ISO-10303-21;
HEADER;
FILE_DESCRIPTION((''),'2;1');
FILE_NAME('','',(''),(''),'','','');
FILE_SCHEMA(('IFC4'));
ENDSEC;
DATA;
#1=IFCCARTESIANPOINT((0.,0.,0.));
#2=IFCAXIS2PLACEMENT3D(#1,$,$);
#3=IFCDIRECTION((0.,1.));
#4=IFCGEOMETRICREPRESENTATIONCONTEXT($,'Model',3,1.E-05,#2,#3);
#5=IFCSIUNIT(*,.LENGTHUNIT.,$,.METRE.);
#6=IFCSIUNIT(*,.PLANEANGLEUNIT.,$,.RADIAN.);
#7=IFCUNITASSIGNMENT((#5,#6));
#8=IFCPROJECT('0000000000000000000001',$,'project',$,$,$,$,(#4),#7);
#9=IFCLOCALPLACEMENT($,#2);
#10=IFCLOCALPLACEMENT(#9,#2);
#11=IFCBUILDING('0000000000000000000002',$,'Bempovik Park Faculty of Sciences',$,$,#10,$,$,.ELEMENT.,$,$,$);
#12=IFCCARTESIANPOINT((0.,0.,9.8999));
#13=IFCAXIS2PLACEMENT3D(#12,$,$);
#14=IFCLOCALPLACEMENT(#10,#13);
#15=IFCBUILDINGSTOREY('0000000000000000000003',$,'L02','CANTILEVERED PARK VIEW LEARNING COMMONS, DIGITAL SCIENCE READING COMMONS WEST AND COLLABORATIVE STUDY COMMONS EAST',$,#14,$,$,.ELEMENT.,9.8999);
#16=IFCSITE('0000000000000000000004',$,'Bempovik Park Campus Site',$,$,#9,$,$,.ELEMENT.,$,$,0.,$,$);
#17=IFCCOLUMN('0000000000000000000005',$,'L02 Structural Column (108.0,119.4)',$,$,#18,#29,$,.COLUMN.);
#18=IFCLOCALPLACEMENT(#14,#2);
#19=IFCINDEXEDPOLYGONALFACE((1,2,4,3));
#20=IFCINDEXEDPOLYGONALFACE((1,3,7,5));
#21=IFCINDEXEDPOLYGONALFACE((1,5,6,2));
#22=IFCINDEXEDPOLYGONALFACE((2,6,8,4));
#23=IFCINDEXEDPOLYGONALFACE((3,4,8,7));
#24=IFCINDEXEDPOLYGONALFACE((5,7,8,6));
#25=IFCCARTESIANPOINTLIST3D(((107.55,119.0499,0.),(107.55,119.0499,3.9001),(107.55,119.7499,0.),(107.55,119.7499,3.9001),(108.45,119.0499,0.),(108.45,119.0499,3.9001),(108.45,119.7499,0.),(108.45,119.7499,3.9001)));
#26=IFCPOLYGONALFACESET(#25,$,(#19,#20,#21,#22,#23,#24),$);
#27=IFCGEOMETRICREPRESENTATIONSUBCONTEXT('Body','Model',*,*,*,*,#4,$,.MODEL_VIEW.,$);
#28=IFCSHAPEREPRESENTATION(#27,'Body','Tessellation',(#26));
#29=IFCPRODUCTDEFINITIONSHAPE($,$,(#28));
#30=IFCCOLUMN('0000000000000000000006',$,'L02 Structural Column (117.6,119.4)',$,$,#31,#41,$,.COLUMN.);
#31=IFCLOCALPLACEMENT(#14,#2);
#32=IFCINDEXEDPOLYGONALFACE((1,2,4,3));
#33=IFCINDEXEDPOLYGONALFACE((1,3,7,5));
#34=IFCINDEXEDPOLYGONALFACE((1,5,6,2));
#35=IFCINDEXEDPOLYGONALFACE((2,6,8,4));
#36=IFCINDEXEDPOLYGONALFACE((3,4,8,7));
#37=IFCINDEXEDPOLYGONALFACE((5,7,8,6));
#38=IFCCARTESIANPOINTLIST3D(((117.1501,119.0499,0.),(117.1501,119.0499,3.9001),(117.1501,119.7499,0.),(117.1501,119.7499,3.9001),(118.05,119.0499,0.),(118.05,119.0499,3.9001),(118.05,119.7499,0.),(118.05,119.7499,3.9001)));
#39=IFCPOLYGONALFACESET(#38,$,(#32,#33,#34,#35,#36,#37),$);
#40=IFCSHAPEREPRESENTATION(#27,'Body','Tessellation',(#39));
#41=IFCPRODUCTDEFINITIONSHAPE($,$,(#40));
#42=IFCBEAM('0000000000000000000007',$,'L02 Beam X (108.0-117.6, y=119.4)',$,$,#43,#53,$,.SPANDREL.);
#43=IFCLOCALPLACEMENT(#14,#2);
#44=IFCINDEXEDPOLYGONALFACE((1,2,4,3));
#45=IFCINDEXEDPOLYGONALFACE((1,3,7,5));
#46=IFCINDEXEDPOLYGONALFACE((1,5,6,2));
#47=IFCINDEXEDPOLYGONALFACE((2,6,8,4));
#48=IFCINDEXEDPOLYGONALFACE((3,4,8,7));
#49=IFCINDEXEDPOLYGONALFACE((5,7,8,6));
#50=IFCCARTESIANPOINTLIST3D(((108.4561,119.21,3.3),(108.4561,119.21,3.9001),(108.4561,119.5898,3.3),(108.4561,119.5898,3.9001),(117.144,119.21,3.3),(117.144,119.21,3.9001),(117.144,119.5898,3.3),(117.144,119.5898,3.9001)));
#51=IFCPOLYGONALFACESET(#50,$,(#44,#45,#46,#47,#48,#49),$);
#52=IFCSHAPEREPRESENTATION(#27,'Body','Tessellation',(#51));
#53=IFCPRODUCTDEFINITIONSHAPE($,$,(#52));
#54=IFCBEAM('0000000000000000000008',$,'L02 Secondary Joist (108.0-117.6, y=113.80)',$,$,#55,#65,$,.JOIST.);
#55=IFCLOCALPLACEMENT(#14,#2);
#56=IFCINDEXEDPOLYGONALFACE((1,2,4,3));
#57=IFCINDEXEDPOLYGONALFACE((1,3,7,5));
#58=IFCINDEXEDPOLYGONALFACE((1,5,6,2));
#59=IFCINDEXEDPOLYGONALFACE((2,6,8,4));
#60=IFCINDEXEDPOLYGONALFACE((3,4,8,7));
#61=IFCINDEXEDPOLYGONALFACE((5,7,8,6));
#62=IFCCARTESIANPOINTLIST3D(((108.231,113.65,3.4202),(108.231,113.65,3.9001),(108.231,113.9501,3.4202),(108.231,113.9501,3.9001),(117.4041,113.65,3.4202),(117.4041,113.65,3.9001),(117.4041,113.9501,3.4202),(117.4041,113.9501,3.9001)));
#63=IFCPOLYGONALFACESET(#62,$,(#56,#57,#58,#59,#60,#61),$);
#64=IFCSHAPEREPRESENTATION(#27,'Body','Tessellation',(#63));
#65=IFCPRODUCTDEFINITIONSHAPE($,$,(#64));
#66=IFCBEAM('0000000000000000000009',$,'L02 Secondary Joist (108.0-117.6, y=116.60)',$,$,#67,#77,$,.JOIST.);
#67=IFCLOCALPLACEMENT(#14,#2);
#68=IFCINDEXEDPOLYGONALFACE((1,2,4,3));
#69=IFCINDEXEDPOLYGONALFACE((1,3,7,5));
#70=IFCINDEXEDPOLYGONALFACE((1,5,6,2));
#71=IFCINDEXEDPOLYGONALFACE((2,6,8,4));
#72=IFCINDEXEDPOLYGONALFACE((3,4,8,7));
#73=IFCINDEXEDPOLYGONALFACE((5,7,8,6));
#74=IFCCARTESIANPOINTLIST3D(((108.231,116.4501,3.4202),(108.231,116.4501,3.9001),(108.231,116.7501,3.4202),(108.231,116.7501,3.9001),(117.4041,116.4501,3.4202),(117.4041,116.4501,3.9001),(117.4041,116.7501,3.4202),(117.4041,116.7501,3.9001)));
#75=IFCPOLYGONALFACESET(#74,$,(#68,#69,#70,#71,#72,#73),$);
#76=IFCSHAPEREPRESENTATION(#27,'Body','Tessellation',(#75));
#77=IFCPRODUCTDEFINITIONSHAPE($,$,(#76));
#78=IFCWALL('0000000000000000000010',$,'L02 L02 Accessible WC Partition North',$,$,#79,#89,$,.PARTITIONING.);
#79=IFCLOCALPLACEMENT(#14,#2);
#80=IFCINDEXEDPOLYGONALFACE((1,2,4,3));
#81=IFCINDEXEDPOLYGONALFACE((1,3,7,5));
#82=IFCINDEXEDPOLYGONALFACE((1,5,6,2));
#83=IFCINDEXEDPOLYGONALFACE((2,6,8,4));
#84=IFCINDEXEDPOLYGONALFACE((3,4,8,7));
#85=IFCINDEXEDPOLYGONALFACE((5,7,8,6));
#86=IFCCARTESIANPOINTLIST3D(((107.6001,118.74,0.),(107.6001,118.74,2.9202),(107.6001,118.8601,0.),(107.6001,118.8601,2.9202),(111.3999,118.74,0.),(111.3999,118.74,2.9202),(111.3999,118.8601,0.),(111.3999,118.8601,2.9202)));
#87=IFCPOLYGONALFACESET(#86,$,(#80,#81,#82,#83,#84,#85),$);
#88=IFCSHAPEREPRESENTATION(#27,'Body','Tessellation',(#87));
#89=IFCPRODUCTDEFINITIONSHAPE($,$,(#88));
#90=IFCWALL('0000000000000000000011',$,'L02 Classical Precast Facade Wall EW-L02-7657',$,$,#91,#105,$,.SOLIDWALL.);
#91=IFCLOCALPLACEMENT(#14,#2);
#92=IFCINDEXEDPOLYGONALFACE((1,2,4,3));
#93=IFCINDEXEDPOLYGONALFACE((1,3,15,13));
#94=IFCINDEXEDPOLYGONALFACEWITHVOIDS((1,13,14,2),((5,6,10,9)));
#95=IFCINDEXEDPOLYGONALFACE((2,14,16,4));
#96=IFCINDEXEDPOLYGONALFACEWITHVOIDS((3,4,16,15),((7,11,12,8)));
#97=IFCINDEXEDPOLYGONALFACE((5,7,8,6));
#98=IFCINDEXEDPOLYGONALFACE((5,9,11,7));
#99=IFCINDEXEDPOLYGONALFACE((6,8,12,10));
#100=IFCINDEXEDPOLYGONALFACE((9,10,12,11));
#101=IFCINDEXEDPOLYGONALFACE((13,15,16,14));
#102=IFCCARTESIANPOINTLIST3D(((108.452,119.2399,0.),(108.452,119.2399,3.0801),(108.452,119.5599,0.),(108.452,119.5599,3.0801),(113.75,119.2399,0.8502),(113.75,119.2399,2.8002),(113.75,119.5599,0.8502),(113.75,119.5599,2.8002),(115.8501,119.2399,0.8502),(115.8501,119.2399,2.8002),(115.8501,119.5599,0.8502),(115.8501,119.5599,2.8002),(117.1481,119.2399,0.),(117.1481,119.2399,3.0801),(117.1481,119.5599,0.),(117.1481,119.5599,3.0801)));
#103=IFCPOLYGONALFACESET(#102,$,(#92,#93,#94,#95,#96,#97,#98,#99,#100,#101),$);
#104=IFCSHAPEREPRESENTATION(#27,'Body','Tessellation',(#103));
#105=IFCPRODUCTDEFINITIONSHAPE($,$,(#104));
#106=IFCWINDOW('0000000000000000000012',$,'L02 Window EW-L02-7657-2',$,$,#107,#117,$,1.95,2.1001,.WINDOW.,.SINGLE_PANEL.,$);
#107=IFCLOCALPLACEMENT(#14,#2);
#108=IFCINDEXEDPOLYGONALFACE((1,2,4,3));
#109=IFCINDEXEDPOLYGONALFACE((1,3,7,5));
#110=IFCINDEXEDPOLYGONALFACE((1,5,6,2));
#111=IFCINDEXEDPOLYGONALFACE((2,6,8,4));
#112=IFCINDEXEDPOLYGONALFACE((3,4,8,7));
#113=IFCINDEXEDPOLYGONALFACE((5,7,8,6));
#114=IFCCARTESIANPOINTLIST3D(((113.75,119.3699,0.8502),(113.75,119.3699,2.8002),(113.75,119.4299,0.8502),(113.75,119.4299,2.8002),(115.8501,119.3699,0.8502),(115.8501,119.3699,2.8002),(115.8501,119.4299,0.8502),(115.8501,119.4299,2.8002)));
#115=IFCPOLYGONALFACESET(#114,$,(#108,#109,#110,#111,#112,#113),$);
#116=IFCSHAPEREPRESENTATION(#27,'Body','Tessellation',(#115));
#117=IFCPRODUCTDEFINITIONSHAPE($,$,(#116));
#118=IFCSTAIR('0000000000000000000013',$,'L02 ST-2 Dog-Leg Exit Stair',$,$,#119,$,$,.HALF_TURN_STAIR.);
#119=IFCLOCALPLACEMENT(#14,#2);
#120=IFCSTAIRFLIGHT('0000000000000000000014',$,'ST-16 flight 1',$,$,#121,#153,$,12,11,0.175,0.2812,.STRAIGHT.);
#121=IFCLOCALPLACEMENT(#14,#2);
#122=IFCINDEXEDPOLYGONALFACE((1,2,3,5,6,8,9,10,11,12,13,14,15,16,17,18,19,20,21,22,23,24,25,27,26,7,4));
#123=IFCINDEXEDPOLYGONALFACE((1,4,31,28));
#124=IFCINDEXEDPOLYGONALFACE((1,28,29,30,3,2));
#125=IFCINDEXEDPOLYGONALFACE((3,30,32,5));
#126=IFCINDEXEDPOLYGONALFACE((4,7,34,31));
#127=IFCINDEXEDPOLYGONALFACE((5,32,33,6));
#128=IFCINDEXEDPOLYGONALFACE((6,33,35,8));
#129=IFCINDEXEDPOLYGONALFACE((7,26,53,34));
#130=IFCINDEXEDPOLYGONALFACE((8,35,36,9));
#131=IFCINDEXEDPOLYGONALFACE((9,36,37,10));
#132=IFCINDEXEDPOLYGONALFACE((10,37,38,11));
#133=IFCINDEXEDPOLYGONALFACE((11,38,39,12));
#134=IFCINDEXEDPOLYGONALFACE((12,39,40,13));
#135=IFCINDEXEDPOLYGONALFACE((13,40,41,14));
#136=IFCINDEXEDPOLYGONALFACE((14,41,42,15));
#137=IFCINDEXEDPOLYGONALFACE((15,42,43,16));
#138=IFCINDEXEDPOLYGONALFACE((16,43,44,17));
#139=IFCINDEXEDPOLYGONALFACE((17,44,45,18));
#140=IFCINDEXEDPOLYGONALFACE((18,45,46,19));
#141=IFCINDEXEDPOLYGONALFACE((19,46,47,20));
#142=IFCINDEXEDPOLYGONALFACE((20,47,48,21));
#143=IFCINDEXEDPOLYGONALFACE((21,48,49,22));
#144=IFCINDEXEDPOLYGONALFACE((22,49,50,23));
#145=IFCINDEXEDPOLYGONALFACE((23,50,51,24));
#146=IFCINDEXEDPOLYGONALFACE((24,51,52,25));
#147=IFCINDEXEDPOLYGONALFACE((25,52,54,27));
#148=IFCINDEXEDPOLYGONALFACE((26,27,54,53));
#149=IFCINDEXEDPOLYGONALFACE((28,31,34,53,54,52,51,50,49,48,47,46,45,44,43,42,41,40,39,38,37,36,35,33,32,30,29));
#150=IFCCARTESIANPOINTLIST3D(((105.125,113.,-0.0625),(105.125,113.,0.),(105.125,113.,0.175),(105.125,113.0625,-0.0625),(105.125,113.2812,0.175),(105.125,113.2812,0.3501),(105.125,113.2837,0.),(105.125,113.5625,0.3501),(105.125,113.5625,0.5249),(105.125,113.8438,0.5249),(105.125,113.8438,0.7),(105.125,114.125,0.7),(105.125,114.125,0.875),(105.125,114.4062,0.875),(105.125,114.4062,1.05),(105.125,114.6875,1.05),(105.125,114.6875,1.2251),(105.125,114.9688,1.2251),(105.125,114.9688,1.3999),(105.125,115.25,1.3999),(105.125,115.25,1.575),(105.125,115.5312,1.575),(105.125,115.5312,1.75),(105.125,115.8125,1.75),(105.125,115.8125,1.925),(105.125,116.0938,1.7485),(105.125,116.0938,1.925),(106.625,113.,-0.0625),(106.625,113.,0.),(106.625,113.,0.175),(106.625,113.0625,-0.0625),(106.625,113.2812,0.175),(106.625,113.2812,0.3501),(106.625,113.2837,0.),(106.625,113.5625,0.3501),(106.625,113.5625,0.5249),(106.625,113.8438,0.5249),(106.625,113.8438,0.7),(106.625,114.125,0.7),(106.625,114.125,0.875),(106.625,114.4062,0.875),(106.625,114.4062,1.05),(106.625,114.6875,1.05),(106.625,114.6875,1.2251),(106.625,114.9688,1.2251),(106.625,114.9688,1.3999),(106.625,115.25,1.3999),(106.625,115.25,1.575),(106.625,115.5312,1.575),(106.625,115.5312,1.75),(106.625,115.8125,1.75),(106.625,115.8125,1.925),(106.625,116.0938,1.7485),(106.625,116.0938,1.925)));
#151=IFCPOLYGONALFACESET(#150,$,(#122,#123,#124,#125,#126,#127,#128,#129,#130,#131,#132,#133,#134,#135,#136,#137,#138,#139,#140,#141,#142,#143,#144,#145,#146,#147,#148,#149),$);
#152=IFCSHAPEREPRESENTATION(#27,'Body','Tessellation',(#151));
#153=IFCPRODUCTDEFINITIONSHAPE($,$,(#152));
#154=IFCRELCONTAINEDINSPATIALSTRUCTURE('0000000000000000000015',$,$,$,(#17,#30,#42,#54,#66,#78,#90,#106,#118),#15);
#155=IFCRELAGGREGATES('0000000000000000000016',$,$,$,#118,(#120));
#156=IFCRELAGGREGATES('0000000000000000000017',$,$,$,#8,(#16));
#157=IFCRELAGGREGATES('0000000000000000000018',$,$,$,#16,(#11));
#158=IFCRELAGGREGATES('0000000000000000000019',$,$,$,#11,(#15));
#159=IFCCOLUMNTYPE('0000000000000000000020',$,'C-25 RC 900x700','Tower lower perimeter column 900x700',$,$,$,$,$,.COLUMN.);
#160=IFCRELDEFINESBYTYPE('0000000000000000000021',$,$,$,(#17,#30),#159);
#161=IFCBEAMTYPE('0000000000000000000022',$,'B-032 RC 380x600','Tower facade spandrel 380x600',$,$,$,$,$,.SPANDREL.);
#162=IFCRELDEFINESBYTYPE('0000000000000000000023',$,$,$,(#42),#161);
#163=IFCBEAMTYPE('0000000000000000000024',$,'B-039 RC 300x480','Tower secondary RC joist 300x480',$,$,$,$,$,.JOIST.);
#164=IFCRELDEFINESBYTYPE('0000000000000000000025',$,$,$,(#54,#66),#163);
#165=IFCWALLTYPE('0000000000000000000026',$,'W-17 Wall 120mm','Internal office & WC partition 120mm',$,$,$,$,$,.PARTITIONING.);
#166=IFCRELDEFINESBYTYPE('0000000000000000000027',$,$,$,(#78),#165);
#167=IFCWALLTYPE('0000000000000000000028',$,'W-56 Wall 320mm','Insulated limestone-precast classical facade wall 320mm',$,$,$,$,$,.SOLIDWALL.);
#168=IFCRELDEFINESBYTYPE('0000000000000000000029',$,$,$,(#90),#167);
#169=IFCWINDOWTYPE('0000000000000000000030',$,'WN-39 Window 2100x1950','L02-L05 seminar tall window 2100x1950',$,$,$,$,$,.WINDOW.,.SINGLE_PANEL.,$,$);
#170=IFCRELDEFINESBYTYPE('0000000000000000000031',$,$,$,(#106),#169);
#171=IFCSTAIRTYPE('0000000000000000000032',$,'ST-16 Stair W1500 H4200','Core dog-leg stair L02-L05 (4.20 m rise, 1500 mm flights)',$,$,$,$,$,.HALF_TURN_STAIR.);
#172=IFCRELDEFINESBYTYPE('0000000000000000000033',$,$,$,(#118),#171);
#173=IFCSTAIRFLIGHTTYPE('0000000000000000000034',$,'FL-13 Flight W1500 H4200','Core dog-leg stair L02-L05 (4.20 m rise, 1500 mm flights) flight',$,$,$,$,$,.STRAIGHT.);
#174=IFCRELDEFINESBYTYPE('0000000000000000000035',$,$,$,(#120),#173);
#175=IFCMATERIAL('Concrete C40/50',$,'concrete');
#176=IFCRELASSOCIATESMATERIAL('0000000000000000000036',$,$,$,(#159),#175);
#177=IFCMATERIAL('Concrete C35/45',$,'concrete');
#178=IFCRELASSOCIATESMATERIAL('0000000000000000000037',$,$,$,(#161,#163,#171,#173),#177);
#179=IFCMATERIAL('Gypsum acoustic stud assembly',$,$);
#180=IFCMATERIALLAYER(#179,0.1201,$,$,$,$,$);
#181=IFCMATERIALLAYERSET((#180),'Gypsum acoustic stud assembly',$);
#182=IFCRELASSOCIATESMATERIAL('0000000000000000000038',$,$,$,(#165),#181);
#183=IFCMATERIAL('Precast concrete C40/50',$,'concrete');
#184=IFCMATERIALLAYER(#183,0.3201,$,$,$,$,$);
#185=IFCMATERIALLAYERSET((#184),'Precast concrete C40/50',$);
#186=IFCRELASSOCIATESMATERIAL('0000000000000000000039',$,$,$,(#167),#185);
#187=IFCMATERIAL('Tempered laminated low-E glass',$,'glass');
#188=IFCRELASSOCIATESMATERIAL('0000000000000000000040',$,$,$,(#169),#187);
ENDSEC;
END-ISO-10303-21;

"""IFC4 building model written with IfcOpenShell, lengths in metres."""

from ifc_helpers import new_model, si_unit, direction, frame, frame_2d, origin, origin_2d, place, context, subcontext, project, spatial, polyline, rectangle, outline, extrude, material, layer, layer_set, material_profile, profile_set, type_object, element, fill, aggregate, save


model = new_model("IFC4")

# Units and contexts
model_context = context("Model", 3, precision=1e-05, world=origin(), true_north=direction((0.0, 1.0)))
body_context = subcontext(model_context, "Body", "Model", "MODEL_VIEW")
ifc_project = project(units=[si_unit("LENGTHUNIT", "METRE"), si_unit("PLANEANGLEUNIT", "RADIAN")], contexts=[model_context])

# Site, building, storey
site_placement = place(None, origin())
site = spatial("IfcSite", under=ifc_project, at=site_placement, Name="Bempovik Park Campus Site", CompositionType="ELEMENT", RefElevation=0.0)
building_placement = place(site_placement, origin())
building = spatial("IfcBuilding", under=site, at=building_placement, Name="Bempovik Park Faculty of Sciences", CompositionType="ELEMENT")
storey_placement = place(building_placement, frame((0.0, 0.0, 9.8999)))
storey = spatial("IfcBuildingStorey", under=building, at=storey_placement, Name="L02", Description="CANTILEVERED PARK VIEW LEARNING COMMONS, DIGITAL SCIENCE READING COMMONS WEST AND COLLABORATIVE STUDY COMMONS EAST", CompositionType="ELEMENT", Elevation=9.8999)

# Columns
ifc_material_1 = material(Name="Concrete C40/50", Category="concrete")
ifc_material_profile_1 = material_profile(ifc_material_1, rectangle(XDim=0.8999, YDim=0.7, at=origin_2d()), Name="RC 900x700")
ifc_profile_set_1 = profile_set([ifc_material_profile_1], Name="Concrete C40/50")
column_type = type_object("IfcColumnType", Name="C-25 RC 900x700", Description="Tower lower perimeter column 900x700", PredefinedType="COLUMN", material=ifc_profile_set_1)
for number, where, z_axis, x_axis, name in (
    (1, (108.0, 119.3999, 0.0), (0.0, 0.0, 1.0), (1.0, 0.0, 0.0), "L02 Structural Column (108.0,119.4)"),
    (2, (117.6001, 119.3999, 0.0), (0.0, 0.0, 1.0), (1.0, 0.0, 0.0), "L02 Structural Column (117.6,119.4)"),
):
    element("IfcColumn", number, at=place(storey_placement, frame(where, z_axis=z_axis, x_axis=x_axis)), inside=storey, type_object=column_type, Name=name, PredefinedType="COLUMN", context=body_context, shape_type="SweptSolid", body=[
        extrude(rectangle(XDim=0.8999, YDim=0.7, at=origin_2d()), origin(), (0.0, 0.0, 1.0), 3.9001),
    ])

# Beams
ifc_material_2 = material(Name="Concrete C35/45", Category="concrete")
ifc_material_profile_2 = material_profile(ifc_material_2, rectangle(XDim=0.3799, YDim=0.6001, at=origin_2d()), Name="RC 380x600")
ifc_profile_set_2 = profile_set([ifc_material_profile_2], Name="Concrete C35/45")
beam_type_1 = type_object("IfcBeamType", Name="B-032 RC 380x600", Description="Tower facade spandrel 380x600", PredefinedType="SPANDREL", material=ifc_profile_set_2)
beam_placement = place(storey_placement, frame((108.4561, 119.3999, 3.6001), z_axis=(1.0, 0.0, 0.0), x_axis=(0.0, 1.0, 0.0)))
element("IfcBeam", 3, at=beam_placement, inside=storey, type_object=beam_type_1, Name="L02 Beam X (108.0-117.6, y=119.4)", PredefinedType="SPANDREL", context=body_context, shape_type="SweptSolid", body=[
    extrude(rectangle(XDim=0.3799, YDim=0.6001, at=origin_2d()), origin(), (0.0, 0.0, 1.0), 8.688),
])
ifc_material_profile_3 = material_profile(ifc_material_2, rectangle(XDim=0.3, YDim=0.48, at=origin_2d()), Name="RC 300x480")
ifc_profile_set_3 = profile_set([ifc_material_profile_3], Name="Concrete C35/45")
beam_type_2 = type_object("IfcBeamType", Name="B-039 RC 300x480", Description="Tower secondary RC joist 300x480", PredefinedType="JOIST", material=ifc_profile_set_3)
for number, where, z_axis, x_axis, name in (
    (4, (108.231, 113.8, 3.6602), (1.0, 0.0, 0.0), (0.0, 1.0, 0.0), "L02 Secondary Joist (108.0-117.6, y=113.80)"),
    (5, (108.231, 116.6001, 3.6602), (1.0, 0.0, 0.0), (0.0, 1.0, 0.0), "L02 Secondary Joist (108.0-117.6, y=116.60)"),
):
    element("IfcBeam", number, at=place(storey_placement, frame(where, z_axis=z_axis, x_axis=x_axis)), inside=storey, type_object=beam_type_2, Name=name, PredefinedType="JOIST", context=body_context, shape_type="SweptSolid", body=[
        extrude(rectangle(XDim=0.3, YDim=0.48, at=origin_2d()), origin(), (0.0, 0.0, 1.0), 9.1731),
    ])

# Wall
ifc_material_3 = material(Name="Gypsum acoustic stud assembly")
ifc_layer_1 = layer(ifc_material_3, 0.1201)
ifc_layer_set_1 = layer_set([ifc_layer_1], Name="Gypsum acoustic stud assembly")
wall_type_1 = type_object("IfcWallType", Name="W-17 Wall 120mm", Description="Internal office & WC partition 120mm", PredefinedType="PARTITIONING", material=ifc_layer_set_1)
wall_1_placement = place(storey_placement, frame((107.6001, 118.8, 0.0), z_axis=(0.0, 0.0, 1.0), x_axis=(1.0, 0.0, 0.0)))
element("IfcWall", 6, at=wall_1_placement, inside=storey, type_object=wall_type_1, Name="L02 L02 Accessible WC Partition North", PredefinedType="PARTITIONING", context=body_context, shape_type="SweptSolid", body=[
    extrude(rectangle(XDim=3.7998, YDim=0.1201, at=frame_2d((1.8999, 0.0))), origin(), (0.0, 0.0, 1.0), 2.9202),
])

# Wall, opening, window
ifc_material_4 = material(Name="Precast concrete C40/50", Category="concrete")
ifc_layer_2 = layer(ifc_material_4, 0.3201)
ifc_layer_set_2 = layer_set([ifc_layer_2], Name="Precast concrete C40/50")
wall_type_2 = type_object("IfcWallType", Name="W-56 Wall 320mm", Description="Insulated limestone-precast classical facade wall 320mm", PredefinedType="SOLIDWALL", material=ifc_layer_set_2)
wall_2_placement = place(storey_placement, frame((108.4519, 119.3999, 0.0), z_axis=(0.0, 0.0, 1.0), x_axis=(1.0, 0.0, 0.0)))
wall_2 = element("IfcWall", 7, at=wall_2_placement, inside=storey, type_object=wall_type_2, Name="L02 Classical Precast Facade Wall EW-L02-7657", PredefinedType="SOLIDWALL", context=body_context, shape_type="SweptSolid", body=[
    extrude(rectangle(XDim=8.696, YDim=0.3201, at=frame_2d((4.3481, 0.0))), origin(), (0.0, 0.0, 1.0), 3.0801),
])
opening_placement = place(wall_2_placement, frame((5.2981, 0.0, 0.8501)))
opening = element("IfcOpeningElement", 8, at=opening_placement, cuts=wall_2, PredefinedType="OPENING", context=body_context, shape_type="SweptSolid", body=[
    extrude(rectangle(XDim=2.1001, YDim=1.95, at=frame_2d((1.05, 0.9751))), frame((0.0, 0.1699, 0.0), z_axis=(0.0, -1.0, 0.0), x_axis=(1.0, 0.0, 0.0)), (0.0, 0.0, 1.0), 0.3401),
])
ifc_material_5 = material(Name="Tempered laminated low-E glass", Category="glass")
window_type = type_object("IfcWindowType", Name="WN-39 Window 2100x1950", Description="L02-L05 seminar tall window 2100x1950", PartitioningType="SINGLE_PANEL", PredefinedType="WINDOW", material=ifc_material_5)
window_placement = place(opening_placement, origin())
window = element("IfcWindow", 9, at=window_placement, inside=storey, type_object=window_type, Name="L02 Window EW-L02-7657-2", OverallHeight=1.95, OverallWidth=2.1001, PartitioningType="SINGLE_PANEL", PredefinedType="WINDOW", context=body_context, shape_type="SweptSolid", body=[
    extrude(rectangle(XDim=2.1001, YDim=1.95, at=frame_2d((1.05, 0.9751))), frame((0.0, 0.03, 0.0), z_axis=(0.0, -1.0, 0.0), x_axis=(1.0, 0.0, 0.0)), (0.0, 0.0, 1.0), 0.0601),
])
fill(opening, window)

# Stair, stair flight
stair_type = type_object("IfcStairType", Name="ST-16 Stair W1500 H4200", Description="Core dog-leg stair L02-L05 (4.20 m rise, 1500 mm flights)", PredefinedType="HALF_TURN_STAIR", material=ifc_material_2)
stair_placement = place(storey_placement, origin())
stair = element("IfcStair", 10, at=stair_placement, inside=storey, type_object=stair_type, Name="L02 ST-2 Dog-Leg Exit Stair", PredefinedType="HALF_TURN_STAIR")
stair_flight_type = type_object("IfcStairFlightType", Name="FL-13 Flight W1500 H4200", Description="Core dog-leg stair L02-L05 (4.20 m rise, 1500 mm flights) flight", PredefinedType="STRAIGHT", material=ifc_material_2)
stair_flight_1_placement = place(storey_placement, frame((105.875, 113.0, 0.0), z_axis=(0.0, 0.0, 1.0), x_axis=(0.0, 1.0, 0.0)))
stair_flight_1 = element("IfcStairFlight", 11, at=stair_flight_1_placement, type_object=stair_flight_type, Name="ST-16 flight 1", NumberOfRisers=12, NumberOfTreads=11, PredefinedType="STRAIGHT", RiserHeight=0.175, TreadLength=0.2812, context=body_context, shape_type="SweptSolid", body=[
    extrude(outline(polyline([(0.0, 0.0), (0.0, 0.175), (0.2812, 0.175), (0.2812, 0.3501), (0.5625, 0.3501), (0.5625, 0.5249), (0.8438, 0.5249), (0.8438, 0.7), (1.125, 0.7), (1.125, 0.875), (1.4062, 0.875), (1.4062, 1.05), (1.6875, 1.05), (1.6875, 1.2251), (1.9688, 1.2251), (1.9688, 1.3999), (2.25, 1.3999), (2.25, 1.575), (2.5312, 1.575), (2.5312, 1.75), (2.8125, 1.75), (2.8125, 1.925), (3.0938, 1.925), (3.0938, 2.1001), (3.0938, 1.7485), (0.2837, 0.0), (0.0625, -0.0625), (0.0, -0.0625), (0.0, 0.0)])), frame((0.0, 0.75, 0.0), z_axis=(0.0, -1.0, 0.0), x_axis=(1.0, 0.0, 0.0)), (0.0, 0.0, 1.0), 1.5),
])
aggregate(stair, [stair_flight_1])

save(model, "model.ifc")
